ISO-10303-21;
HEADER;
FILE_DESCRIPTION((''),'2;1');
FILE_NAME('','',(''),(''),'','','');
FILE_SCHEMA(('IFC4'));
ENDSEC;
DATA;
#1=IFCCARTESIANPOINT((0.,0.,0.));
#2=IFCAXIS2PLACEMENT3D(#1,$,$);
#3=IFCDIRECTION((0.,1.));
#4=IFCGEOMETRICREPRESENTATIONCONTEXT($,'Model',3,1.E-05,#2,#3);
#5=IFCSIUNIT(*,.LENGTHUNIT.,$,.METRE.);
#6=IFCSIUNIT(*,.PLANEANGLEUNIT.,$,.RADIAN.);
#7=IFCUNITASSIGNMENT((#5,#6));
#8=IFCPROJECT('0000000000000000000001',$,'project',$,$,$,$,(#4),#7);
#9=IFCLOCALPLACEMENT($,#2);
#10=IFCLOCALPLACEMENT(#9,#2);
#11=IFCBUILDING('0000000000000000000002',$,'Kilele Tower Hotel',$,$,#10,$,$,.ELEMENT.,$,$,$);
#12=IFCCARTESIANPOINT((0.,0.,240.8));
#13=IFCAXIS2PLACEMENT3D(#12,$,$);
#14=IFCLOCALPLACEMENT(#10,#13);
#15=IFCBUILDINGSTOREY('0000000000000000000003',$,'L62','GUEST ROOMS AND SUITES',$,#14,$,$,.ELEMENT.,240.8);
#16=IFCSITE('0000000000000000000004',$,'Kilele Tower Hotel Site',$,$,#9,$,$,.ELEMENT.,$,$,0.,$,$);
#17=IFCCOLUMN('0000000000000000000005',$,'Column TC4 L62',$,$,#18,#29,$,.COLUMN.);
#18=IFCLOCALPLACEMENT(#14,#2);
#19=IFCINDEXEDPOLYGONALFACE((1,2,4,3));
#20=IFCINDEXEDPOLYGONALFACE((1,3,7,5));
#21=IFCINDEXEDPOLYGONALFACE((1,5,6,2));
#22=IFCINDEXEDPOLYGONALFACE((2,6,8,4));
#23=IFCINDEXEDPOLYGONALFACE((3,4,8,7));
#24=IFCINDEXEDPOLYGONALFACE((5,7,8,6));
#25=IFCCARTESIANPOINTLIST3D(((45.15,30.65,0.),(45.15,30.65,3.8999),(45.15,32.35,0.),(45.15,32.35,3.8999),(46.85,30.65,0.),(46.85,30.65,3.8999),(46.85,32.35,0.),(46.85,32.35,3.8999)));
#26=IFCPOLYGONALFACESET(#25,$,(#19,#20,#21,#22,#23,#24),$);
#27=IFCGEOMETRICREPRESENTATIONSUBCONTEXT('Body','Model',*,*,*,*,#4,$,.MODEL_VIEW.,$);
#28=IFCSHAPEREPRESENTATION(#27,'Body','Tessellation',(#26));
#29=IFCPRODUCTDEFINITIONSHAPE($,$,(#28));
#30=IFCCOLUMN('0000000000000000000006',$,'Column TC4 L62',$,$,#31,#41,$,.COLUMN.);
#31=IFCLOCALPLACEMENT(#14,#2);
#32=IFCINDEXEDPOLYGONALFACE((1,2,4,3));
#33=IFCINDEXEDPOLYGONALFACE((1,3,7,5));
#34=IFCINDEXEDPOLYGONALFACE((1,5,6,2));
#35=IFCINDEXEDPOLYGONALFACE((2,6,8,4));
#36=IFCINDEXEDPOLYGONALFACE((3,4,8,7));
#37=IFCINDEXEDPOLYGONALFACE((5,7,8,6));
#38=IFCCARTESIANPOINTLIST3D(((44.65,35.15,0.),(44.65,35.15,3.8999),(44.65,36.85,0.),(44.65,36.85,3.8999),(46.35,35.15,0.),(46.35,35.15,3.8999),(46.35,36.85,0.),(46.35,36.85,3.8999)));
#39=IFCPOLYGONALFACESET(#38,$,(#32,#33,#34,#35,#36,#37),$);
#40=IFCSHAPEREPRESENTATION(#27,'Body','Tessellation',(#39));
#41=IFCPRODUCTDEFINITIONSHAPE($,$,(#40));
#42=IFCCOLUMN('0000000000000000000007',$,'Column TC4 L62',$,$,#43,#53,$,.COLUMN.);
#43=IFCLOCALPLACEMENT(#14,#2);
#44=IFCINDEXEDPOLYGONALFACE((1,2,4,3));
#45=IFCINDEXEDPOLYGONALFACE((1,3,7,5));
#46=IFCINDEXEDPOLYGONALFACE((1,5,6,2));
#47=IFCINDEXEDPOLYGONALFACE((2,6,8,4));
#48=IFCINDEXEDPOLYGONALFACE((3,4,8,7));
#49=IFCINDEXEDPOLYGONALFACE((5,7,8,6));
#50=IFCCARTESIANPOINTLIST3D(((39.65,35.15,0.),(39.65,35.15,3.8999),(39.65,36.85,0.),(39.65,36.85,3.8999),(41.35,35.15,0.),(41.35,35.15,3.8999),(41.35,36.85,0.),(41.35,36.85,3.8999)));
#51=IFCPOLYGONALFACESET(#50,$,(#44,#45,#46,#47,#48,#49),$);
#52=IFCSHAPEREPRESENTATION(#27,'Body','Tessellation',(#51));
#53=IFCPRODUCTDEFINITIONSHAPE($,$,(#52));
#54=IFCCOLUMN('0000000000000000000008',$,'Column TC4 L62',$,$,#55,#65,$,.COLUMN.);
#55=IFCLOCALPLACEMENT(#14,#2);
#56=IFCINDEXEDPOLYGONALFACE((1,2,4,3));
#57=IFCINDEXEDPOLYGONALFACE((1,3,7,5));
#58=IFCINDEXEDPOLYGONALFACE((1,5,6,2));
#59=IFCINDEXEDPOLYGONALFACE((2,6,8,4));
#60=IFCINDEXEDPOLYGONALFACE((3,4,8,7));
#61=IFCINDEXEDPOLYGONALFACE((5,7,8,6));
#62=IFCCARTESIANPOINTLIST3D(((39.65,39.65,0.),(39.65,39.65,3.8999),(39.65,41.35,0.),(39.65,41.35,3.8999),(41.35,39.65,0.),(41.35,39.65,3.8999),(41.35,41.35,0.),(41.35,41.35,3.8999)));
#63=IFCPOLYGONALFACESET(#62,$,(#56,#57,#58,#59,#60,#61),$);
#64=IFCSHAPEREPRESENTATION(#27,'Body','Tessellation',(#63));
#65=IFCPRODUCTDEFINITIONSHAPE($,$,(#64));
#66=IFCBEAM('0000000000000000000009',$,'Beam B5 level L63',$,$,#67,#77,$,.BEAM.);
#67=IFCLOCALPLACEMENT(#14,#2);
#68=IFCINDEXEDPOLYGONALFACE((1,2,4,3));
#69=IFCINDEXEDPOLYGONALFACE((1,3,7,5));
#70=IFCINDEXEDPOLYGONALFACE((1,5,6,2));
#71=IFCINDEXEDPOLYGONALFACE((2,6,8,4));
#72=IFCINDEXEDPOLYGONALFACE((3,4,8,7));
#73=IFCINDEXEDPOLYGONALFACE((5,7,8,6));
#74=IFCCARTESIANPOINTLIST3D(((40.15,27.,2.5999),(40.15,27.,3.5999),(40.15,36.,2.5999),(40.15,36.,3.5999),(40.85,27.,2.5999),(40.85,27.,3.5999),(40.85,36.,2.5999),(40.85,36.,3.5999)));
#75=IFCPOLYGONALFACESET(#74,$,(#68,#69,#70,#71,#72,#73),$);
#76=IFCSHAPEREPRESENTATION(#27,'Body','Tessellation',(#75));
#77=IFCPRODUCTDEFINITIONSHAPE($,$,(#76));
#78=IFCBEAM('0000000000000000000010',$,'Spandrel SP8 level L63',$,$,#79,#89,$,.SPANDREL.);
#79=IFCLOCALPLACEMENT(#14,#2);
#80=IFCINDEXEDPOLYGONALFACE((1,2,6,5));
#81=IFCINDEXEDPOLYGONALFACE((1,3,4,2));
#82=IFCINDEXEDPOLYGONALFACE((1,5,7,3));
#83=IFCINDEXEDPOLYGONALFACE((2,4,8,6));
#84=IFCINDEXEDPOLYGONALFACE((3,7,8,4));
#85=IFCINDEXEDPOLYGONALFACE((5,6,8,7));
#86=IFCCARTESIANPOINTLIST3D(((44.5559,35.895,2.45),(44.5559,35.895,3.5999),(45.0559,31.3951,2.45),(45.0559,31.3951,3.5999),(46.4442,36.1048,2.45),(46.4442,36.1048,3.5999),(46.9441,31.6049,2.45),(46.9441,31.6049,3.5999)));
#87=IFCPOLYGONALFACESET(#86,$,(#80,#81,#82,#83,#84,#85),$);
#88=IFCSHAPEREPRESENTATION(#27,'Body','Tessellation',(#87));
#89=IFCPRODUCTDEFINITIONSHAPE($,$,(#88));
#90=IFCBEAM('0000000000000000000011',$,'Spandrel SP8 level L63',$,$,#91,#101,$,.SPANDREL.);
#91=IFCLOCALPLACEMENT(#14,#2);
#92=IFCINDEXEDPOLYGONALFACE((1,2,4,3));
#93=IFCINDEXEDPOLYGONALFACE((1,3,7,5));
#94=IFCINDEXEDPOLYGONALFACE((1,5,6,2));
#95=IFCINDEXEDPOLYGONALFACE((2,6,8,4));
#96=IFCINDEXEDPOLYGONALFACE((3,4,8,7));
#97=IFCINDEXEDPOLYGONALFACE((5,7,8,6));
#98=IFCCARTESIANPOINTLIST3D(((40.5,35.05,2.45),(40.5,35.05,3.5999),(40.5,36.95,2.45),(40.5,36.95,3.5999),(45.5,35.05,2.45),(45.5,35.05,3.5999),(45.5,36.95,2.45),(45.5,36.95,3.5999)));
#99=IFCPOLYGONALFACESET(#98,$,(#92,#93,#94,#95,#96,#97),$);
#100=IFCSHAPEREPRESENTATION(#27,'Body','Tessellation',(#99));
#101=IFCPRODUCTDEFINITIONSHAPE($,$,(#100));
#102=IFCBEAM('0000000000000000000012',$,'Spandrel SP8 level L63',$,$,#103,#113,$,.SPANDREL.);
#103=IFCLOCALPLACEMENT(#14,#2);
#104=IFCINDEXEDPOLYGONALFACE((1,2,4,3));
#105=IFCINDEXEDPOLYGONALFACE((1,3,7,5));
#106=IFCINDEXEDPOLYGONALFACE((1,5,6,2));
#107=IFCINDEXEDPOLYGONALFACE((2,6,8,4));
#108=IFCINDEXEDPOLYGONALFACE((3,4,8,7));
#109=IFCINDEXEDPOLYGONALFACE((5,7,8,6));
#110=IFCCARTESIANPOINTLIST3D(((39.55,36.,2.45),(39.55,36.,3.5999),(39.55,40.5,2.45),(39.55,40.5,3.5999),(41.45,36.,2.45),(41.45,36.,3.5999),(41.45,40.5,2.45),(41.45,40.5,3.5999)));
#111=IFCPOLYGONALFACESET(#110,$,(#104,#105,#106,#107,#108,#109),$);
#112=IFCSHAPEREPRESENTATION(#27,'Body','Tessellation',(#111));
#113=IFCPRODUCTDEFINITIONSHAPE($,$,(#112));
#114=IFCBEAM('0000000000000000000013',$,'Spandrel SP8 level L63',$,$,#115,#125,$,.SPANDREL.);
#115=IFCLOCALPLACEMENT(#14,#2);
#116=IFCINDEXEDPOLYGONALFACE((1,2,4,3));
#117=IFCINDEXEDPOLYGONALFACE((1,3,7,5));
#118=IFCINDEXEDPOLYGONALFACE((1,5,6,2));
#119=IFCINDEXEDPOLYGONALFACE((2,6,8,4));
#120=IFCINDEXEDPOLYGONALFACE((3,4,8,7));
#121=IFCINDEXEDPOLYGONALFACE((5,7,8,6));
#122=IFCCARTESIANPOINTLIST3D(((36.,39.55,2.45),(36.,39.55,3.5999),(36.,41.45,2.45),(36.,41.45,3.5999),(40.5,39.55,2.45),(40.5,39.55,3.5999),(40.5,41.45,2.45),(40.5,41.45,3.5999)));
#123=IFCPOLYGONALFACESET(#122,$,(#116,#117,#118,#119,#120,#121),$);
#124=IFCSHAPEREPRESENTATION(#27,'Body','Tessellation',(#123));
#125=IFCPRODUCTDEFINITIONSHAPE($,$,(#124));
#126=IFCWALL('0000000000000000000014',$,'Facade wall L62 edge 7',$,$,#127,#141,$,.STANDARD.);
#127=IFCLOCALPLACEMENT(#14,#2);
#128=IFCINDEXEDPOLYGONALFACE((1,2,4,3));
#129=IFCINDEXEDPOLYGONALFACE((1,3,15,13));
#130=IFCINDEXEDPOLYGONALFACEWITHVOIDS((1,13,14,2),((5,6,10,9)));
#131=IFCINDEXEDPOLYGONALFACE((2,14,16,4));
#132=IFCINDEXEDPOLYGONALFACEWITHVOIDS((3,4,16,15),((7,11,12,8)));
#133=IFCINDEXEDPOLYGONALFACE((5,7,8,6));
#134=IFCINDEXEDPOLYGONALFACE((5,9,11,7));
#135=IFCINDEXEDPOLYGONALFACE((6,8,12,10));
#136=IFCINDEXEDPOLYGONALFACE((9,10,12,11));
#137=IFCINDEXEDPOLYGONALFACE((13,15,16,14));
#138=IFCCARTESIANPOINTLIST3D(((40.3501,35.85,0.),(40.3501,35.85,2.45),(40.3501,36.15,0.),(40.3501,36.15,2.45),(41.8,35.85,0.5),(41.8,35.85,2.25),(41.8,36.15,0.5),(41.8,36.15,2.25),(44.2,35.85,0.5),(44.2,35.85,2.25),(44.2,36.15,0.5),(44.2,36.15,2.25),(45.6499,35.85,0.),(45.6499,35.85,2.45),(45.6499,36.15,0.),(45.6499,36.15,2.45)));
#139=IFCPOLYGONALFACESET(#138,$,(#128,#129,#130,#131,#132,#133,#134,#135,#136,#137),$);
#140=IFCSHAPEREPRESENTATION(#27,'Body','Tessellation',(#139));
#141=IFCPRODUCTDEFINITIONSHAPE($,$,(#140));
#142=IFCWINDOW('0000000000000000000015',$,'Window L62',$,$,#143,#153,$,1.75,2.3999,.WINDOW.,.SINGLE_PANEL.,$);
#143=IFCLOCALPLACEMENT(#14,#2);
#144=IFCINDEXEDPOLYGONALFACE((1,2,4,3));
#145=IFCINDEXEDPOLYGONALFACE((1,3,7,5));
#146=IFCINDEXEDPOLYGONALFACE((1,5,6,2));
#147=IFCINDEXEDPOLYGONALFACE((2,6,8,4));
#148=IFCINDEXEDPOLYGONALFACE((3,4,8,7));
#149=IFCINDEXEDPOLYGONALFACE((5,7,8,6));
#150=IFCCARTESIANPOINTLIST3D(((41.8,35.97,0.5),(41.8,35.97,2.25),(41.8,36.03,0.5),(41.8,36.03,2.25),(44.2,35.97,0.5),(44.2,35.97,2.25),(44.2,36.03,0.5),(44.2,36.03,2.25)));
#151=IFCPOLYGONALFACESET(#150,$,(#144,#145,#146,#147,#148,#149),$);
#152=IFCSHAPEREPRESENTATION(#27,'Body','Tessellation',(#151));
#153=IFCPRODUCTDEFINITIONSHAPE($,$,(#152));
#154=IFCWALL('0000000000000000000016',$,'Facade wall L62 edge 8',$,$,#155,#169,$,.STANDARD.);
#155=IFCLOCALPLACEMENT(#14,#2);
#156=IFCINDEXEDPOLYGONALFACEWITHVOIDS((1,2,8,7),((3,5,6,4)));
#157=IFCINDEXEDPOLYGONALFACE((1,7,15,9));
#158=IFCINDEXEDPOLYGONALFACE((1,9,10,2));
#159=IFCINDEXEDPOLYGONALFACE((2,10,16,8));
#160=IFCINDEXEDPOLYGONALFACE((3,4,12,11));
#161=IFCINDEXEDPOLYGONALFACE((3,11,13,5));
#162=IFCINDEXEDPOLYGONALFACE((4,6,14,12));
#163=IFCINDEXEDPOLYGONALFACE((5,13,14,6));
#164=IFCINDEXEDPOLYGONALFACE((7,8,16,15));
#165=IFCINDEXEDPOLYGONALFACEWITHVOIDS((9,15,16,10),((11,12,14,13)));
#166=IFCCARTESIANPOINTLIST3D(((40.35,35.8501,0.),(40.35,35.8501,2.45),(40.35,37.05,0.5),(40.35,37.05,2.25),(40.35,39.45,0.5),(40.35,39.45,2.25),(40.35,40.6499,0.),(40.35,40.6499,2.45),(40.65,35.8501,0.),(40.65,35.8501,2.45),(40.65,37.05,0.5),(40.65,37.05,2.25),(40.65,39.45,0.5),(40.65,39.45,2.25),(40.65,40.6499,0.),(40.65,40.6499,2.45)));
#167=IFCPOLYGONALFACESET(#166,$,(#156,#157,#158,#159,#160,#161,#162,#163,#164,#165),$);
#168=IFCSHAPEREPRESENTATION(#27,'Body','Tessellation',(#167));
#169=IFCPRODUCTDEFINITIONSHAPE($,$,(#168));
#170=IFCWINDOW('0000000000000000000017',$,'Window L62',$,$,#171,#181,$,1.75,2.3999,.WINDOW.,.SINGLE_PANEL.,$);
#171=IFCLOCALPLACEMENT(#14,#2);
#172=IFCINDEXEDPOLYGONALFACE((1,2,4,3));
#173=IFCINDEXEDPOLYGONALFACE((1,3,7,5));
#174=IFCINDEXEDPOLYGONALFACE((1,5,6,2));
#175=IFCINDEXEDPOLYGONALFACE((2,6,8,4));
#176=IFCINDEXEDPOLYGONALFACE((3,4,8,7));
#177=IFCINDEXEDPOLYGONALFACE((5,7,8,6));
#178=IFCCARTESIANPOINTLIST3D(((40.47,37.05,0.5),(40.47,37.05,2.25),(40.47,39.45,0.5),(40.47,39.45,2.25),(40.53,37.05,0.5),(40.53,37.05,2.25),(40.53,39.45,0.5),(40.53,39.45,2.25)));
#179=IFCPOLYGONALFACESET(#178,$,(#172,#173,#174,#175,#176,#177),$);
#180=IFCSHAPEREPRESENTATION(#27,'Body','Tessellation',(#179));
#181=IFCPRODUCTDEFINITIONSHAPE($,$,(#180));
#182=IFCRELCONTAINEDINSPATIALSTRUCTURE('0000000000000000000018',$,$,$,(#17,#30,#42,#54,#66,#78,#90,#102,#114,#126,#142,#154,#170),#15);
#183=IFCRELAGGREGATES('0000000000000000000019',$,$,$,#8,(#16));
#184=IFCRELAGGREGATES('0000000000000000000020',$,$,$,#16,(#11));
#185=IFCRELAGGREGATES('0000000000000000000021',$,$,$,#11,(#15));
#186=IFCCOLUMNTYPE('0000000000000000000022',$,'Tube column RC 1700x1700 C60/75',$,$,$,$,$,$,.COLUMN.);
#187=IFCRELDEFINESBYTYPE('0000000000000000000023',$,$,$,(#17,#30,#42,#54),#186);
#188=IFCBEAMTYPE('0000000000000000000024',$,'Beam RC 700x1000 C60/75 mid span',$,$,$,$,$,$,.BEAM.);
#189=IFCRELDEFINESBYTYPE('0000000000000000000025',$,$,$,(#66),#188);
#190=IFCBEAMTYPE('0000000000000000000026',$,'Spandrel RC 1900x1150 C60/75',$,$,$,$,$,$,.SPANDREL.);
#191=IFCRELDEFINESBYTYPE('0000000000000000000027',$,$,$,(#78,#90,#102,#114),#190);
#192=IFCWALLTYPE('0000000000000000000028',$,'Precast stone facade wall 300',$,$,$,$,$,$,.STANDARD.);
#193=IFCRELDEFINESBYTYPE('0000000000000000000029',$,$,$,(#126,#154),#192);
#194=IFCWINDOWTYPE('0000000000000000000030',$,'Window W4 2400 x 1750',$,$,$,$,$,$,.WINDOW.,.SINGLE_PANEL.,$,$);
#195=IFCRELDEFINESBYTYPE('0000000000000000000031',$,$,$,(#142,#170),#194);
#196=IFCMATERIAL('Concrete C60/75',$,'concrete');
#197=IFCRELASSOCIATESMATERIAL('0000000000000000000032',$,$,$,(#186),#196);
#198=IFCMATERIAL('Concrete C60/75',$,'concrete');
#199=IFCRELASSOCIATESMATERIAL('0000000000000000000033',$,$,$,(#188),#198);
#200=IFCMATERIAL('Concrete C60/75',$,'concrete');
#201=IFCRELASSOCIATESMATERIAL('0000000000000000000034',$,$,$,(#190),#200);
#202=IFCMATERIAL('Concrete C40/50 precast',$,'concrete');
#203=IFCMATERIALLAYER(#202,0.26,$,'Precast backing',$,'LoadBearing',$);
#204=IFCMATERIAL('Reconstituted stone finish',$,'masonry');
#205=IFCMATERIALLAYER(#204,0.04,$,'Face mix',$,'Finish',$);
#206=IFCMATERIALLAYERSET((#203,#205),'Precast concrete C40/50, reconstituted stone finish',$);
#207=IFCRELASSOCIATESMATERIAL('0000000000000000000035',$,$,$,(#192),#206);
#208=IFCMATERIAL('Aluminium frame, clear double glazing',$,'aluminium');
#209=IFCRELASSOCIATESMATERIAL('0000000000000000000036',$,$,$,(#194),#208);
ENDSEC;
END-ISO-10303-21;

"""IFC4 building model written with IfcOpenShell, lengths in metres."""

from ifc_helpers import new_model, si_unit, direction, frame, frame_2d, origin, origin_2d, place, context, subcontext, project, spatial, rectangle, extrude, material, layer, layer_set, material_profile, profile_set, type_object, element, fill, save


model = new_model("IFC4")

# Units and contexts
model_context = context("Model", 3, precision=1e-05, world=origin(), true_north=direction((0.0, 1.0)))
body_context = subcontext(model_context, "Body", "Model", "MODEL_VIEW")
ifc_project = project(units=[si_unit("LENGTHUNIT", "METRE"), si_unit("PLANEANGLEUNIT", "RADIAN")], contexts=[model_context])

# Site, building, storey
site_placement = place(None, origin())
site = spatial("IfcSite", under=ifc_project, at=site_placement, Name="Kilele Tower Hotel Site", CompositionType="ELEMENT", RefElevation=0.0)
building_placement = place(site_placement, origin())
building = spatial("IfcBuilding", under=site, at=building_placement, Name="Kilele Tower Hotel", CompositionType="ELEMENT")
storey_placement = place(building_placement, frame((0.0, 0.0, 240.8)))
storey = spatial("IfcBuildingStorey", under=building, at=storey_placement, Name="L62", Description="GUEST ROOMS AND SUITES", CompositionType="ELEMENT", Elevation=240.8)

# Columns
ifc_material_1 = material(Name="Concrete C60/75", Category="concrete")
ifc_material_profile_1 = material_profile(ifc_material_1, rectangle(XDim=1.7, YDim=1.7, at=origin_2d()))
ifc_profile_set_1 = profile_set([ifc_material_profile_1], Name="Concrete C60/75")
column_type = type_object("IfcColumnType", Name="Tube column RC 1700x1700 C60/75", PredefinedType="COLUMN", material=ifc_profile_set_1)
for number, where, z_axis, x_axis, name in (
    (1, (46.0, 31.5, 0.0), (0.0, 0.0, 1.0), (1.0, 0.0, 0.0), "Column TC4 L62"),
    (2, (45.5, 36.0, 0.0), (0.0, 0.0, 1.0), (1.0, 0.0, 0.0), "Column TC4 L62"),
    (3, (40.5, 36.0, 0.0), (0.0, 0.0, 1.0), (1.0, 0.0, 0.0), "Column TC4 L62"),
    (4, (40.5, 40.5, 0.0), (0.0, 0.0, 1.0), (1.0, 0.0, 0.0), "Column TC4 L62"),
):
    element("IfcColumn", number, at=place(storey_placement, frame(where, z_axis=z_axis, x_axis=x_axis)), inside=storey, type_object=column_type, Name=name, PredefinedType="COLUMN", context=body_context, shape_type="SweptSolid", body=[
        extrude(rectangle(XDim=1.7, YDim=1.7, at=origin_2d()), origin(), (0.0, 0.0, 1.0), 3.8999),
    ])

# Beams
ifc_material_2 = material(Name="Concrete C60/75", Category="concrete")
ifc_material_profile_2 = material_profile(ifc_material_2, rectangle(XDim=0.7, YDim=1.0, at=origin_2d()))
ifc_profile_set_2 = profile_set([ifc_material_profile_2], Name="Concrete C60/75")
beam_type_1 = type_object("IfcBeamType", Name="Beam RC 700x1000 C60/75 mid span", PredefinedType="BEAM", material=ifc_profile_set_2)
beam_1_placement = place(storey_placement, frame((40.5, 36.0, 3.0999), z_axis=(0.0, -1.0, 0.0), x_axis=(1.0, 0.0, 0.0)))
element("IfcBeam", 5, at=beam_1_placement, inside=storey, type_object=beam_type_1, Name="Beam B5 level L63", PredefinedType="BEAM", context=body_context, shape_type="SweptSolid", body=[
    extrude(rectangle(XDim=0.7, YDim=1.0, at=origin_2d()), origin(), (0.0, 0.0, 1.0), 9.0),
])
ifc_material_3 = material(Name="Concrete C60/75", Category="concrete")
ifc_material_profile_3 = material_profile(ifc_material_3, rectangle(XDim=1.8999, YDim=1.1499, at=origin_2d()))
ifc_profile_set_3 = profile_set([ifc_material_profile_3], Name="Concrete C60/75")
beam_type_2 = type_object("IfcBeamType", Name="Spandrel RC 1900x1150 C60/75", PredefinedType="SPANDREL", material=ifc_profile_set_3)
beam_2_placement = place(storey_placement, frame((46.0, 31.5, 3.0249), z_axis=(-0.110432, 0.993884, 0.0), x_axis=(-0.993884, -0.110432, 0.0)))
element("IfcBeam", 6, at=beam_2_placement, inside=storey, type_object=beam_type_2, Name="Spandrel SP8 level L63", PredefinedType="SPANDREL", context=body_context, shape_type="SweptSolid", body=[
    extrude(rectangle(XDim=1.8999, YDim=1.1499, at=origin_2d()), origin(), (0.0, 0.0, 1.0), 4.5276),
])
beam_3_placement = place(storey_placement, frame((45.5, 36.0, 3.0249), z_axis=(-1.0, 0.0, 0.0), x_axis=(0.0, -1.0, 0.0)))
element("IfcBeam", 7, at=beam_3_placement, inside=storey, type_object=beam_type_2, Name="Spandrel SP8 level L63", PredefinedType="SPANDREL", context=body_context, shape_type="SweptSolid", body=[
    extrude(rectangle(XDim=1.8999, YDim=1.1499, at=origin_2d()), origin(), (0.0, 0.0, 1.0), 5.0),
])
for number, where, z_axis, x_axis, name in (
    (8, (40.5, 36.0, 3.0249), (0.0, 1.0, 0.0), (-1.0, 0.0, 0.0), "Spandrel SP8 level L63"),
    (9, (40.5, 40.5, 3.0249), (-1.0, 0.0, 0.0), (0.0, -1.0, 0.0), "Spandrel SP8 level L63"),
):
    element("IfcBeam", number, at=place(storey_placement, frame(where, z_axis=z_axis, x_axis=x_axis)), inside=storey, type_object=beam_type_2, Name=name, PredefinedType="SPANDREL", context=body_context, shape_type="SweptSolid", body=[
        extrude(rectangle(XDim=1.8999, YDim=1.1499, at=origin_2d()), origin(), (0.0, 0.0, 1.0), 4.5),
    ])

# Walls, openings, windows
ifc_material_4 = material(Name="Concrete C40/50 precast", Category="concrete")
ifc_layer_1 = layer(ifc_material_4, 0.26, Name="Precast backing", Category="LoadBearing")
ifc_material_5 = material(Name="Reconstituted stone finish", Category="masonry")
ifc_layer_2 = layer(ifc_material_5, 0.04, Name="Face mix", Category="Finish")
ifc_layer_set = layer_set([ifc_layer_1, ifc_layer_2], Name="Precast concrete C40/50, reconstituted stone finish")
wall_type = type_object("IfcWallType", Name="Precast stone facade wall 300", PredefinedType="STANDARD", material=ifc_layer_set)
wall_1_placement = place(storey_placement, frame((45.6499, 36.0, 0.0), z_axis=(0.0, 0.0, 1.0), x_axis=(-1.0, 0.0, 0.0)))
wall_1 = element("IfcWall", 10, at=wall_1_placement, inside=storey, type_object=wall_type, Name="Facade wall L62 edge 7", PredefinedType="STANDARD", context=body_context, shape_type="SweptSolid", body=[
    extrude(rectangle(XDim=5.2998, YDim=0.3, at=frame_2d((2.6499, 0.0))), origin(), (0.0, 0.0, 1.0), 2.45),
])
opening_1_placement = place(wall_1_placement, frame((1.45, 0.0, 0.5)))
opening_1 = element("IfcOpeningElement", 11, at=opening_1_placement, cuts=wall_1, PredefinedType="OPENING", context=body_context, shape_type="SweptSolid", body=[
    extrude(rectangle(XDim=2.3999, YDim=1.75, at=frame_2d((1.2, 0.875))), frame((0.0, 0.1599, 0.0), z_axis=(0.0, -1.0, 0.0), x_axis=(1.0, 0.0, 0.0)), (0.0, 0.0, 1.0), 0.3201),
])
ifc_material_6 = material(Name="Aluminium frame, clear double glazing", Category="aluminium")
window_type = type_object("IfcWindowType", Name="Window W4 2400 x 1750", PartitioningType="SINGLE_PANEL", PredefinedType="WINDOW", material=ifc_material_6)
window_1_placement = place(opening_1_placement, origin())
window_1 = element("IfcWindow", 12, at=window_1_placement, inside=storey, type_object=window_type, Name="Window L62", OverallHeight=1.75, OverallWidth=2.3999, PartitioningType="SINGLE_PANEL", PredefinedType="WINDOW", context=body_context, shape_type="SweptSolid", body=[
    extrude(rectangle(XDim=2.3999, YDim=1.75, at=frame_2d((1.2, 0.875))), frame((0.0, 0.03, 0.0), z_axis=(0.0, -1.0, 0.0), x_axis=(1.0, 0.0, 0.0)), (0.0, 0.0, 1.0), 0.0601),
])
fill(opening_1, window_1)
wall_2_placement = place(storey_placement, frame((40.5, 35.8501, 0.0), z_axis=(0.0, 0.0, 1.0), x_axis=(0.0, 1.0, 0.0)))
wall_2 = element("IfcWall", 13, at=wall_2_placement, inside=storey, type_object=wall_type, Name="Facade wall L62 edge 8", PredefinedType="STANDARD", context=body_context, shape_type="SweptSolid", body=[
    extrude(rectangle(XDim=4.7998, YDim=0.3, at=frame_2d((2.3999, 0.0))), origin(), (0.0, 0.0, 1.0), 2.45),
])
opening_2_placement = place(wall_2_placement, frame((1.2, 0.0, 0.5)))
opening_2 = element("IfcOpeningElement", 14, at=opening_2_placement, cuts=wall_2, PredefinedType="OPENING", context=body_context, shape_type="SweptSolid", body=[
    extrude(rectangle(XDim=2.3999, YDim=1.75, at=frame_2d((1.2, 0.875))), frame((0.0, 0.1599, 0.0), z_axis=(0.0, -1.0, 0.0), x_axis=(1.0, 0.0, 0.0)), (0.0, 0.0, 1.0), 0.3201),
])
window_2_placement = place(opening_2_placement, origin())
window_2 = element("IfcWindow", 15, at=window_2_placement, inside=storey, type_object=window_type, Name="Window L62", OverallHeight=1.75, OverallWidth=2.3999, PartitioningType="SINGLE_PANEL", PredefinedType="WINDOW", context=body_context, shape_type="SweptSolid", body=[
    extrude(rectangle(XDim=2.3999, YDim=1.75, at=frame_2d((1.2, 0.875))), frame((0.0, 0.03, 0.0), z_axis=(0.0, -1.0, 0.0), x_axis=(1.0, 0.0, 0.0)), (0.0, 0.0, 1.0), 0.0601),
])
fill(opening_2, window_2)

save(model, "model.ifc")
